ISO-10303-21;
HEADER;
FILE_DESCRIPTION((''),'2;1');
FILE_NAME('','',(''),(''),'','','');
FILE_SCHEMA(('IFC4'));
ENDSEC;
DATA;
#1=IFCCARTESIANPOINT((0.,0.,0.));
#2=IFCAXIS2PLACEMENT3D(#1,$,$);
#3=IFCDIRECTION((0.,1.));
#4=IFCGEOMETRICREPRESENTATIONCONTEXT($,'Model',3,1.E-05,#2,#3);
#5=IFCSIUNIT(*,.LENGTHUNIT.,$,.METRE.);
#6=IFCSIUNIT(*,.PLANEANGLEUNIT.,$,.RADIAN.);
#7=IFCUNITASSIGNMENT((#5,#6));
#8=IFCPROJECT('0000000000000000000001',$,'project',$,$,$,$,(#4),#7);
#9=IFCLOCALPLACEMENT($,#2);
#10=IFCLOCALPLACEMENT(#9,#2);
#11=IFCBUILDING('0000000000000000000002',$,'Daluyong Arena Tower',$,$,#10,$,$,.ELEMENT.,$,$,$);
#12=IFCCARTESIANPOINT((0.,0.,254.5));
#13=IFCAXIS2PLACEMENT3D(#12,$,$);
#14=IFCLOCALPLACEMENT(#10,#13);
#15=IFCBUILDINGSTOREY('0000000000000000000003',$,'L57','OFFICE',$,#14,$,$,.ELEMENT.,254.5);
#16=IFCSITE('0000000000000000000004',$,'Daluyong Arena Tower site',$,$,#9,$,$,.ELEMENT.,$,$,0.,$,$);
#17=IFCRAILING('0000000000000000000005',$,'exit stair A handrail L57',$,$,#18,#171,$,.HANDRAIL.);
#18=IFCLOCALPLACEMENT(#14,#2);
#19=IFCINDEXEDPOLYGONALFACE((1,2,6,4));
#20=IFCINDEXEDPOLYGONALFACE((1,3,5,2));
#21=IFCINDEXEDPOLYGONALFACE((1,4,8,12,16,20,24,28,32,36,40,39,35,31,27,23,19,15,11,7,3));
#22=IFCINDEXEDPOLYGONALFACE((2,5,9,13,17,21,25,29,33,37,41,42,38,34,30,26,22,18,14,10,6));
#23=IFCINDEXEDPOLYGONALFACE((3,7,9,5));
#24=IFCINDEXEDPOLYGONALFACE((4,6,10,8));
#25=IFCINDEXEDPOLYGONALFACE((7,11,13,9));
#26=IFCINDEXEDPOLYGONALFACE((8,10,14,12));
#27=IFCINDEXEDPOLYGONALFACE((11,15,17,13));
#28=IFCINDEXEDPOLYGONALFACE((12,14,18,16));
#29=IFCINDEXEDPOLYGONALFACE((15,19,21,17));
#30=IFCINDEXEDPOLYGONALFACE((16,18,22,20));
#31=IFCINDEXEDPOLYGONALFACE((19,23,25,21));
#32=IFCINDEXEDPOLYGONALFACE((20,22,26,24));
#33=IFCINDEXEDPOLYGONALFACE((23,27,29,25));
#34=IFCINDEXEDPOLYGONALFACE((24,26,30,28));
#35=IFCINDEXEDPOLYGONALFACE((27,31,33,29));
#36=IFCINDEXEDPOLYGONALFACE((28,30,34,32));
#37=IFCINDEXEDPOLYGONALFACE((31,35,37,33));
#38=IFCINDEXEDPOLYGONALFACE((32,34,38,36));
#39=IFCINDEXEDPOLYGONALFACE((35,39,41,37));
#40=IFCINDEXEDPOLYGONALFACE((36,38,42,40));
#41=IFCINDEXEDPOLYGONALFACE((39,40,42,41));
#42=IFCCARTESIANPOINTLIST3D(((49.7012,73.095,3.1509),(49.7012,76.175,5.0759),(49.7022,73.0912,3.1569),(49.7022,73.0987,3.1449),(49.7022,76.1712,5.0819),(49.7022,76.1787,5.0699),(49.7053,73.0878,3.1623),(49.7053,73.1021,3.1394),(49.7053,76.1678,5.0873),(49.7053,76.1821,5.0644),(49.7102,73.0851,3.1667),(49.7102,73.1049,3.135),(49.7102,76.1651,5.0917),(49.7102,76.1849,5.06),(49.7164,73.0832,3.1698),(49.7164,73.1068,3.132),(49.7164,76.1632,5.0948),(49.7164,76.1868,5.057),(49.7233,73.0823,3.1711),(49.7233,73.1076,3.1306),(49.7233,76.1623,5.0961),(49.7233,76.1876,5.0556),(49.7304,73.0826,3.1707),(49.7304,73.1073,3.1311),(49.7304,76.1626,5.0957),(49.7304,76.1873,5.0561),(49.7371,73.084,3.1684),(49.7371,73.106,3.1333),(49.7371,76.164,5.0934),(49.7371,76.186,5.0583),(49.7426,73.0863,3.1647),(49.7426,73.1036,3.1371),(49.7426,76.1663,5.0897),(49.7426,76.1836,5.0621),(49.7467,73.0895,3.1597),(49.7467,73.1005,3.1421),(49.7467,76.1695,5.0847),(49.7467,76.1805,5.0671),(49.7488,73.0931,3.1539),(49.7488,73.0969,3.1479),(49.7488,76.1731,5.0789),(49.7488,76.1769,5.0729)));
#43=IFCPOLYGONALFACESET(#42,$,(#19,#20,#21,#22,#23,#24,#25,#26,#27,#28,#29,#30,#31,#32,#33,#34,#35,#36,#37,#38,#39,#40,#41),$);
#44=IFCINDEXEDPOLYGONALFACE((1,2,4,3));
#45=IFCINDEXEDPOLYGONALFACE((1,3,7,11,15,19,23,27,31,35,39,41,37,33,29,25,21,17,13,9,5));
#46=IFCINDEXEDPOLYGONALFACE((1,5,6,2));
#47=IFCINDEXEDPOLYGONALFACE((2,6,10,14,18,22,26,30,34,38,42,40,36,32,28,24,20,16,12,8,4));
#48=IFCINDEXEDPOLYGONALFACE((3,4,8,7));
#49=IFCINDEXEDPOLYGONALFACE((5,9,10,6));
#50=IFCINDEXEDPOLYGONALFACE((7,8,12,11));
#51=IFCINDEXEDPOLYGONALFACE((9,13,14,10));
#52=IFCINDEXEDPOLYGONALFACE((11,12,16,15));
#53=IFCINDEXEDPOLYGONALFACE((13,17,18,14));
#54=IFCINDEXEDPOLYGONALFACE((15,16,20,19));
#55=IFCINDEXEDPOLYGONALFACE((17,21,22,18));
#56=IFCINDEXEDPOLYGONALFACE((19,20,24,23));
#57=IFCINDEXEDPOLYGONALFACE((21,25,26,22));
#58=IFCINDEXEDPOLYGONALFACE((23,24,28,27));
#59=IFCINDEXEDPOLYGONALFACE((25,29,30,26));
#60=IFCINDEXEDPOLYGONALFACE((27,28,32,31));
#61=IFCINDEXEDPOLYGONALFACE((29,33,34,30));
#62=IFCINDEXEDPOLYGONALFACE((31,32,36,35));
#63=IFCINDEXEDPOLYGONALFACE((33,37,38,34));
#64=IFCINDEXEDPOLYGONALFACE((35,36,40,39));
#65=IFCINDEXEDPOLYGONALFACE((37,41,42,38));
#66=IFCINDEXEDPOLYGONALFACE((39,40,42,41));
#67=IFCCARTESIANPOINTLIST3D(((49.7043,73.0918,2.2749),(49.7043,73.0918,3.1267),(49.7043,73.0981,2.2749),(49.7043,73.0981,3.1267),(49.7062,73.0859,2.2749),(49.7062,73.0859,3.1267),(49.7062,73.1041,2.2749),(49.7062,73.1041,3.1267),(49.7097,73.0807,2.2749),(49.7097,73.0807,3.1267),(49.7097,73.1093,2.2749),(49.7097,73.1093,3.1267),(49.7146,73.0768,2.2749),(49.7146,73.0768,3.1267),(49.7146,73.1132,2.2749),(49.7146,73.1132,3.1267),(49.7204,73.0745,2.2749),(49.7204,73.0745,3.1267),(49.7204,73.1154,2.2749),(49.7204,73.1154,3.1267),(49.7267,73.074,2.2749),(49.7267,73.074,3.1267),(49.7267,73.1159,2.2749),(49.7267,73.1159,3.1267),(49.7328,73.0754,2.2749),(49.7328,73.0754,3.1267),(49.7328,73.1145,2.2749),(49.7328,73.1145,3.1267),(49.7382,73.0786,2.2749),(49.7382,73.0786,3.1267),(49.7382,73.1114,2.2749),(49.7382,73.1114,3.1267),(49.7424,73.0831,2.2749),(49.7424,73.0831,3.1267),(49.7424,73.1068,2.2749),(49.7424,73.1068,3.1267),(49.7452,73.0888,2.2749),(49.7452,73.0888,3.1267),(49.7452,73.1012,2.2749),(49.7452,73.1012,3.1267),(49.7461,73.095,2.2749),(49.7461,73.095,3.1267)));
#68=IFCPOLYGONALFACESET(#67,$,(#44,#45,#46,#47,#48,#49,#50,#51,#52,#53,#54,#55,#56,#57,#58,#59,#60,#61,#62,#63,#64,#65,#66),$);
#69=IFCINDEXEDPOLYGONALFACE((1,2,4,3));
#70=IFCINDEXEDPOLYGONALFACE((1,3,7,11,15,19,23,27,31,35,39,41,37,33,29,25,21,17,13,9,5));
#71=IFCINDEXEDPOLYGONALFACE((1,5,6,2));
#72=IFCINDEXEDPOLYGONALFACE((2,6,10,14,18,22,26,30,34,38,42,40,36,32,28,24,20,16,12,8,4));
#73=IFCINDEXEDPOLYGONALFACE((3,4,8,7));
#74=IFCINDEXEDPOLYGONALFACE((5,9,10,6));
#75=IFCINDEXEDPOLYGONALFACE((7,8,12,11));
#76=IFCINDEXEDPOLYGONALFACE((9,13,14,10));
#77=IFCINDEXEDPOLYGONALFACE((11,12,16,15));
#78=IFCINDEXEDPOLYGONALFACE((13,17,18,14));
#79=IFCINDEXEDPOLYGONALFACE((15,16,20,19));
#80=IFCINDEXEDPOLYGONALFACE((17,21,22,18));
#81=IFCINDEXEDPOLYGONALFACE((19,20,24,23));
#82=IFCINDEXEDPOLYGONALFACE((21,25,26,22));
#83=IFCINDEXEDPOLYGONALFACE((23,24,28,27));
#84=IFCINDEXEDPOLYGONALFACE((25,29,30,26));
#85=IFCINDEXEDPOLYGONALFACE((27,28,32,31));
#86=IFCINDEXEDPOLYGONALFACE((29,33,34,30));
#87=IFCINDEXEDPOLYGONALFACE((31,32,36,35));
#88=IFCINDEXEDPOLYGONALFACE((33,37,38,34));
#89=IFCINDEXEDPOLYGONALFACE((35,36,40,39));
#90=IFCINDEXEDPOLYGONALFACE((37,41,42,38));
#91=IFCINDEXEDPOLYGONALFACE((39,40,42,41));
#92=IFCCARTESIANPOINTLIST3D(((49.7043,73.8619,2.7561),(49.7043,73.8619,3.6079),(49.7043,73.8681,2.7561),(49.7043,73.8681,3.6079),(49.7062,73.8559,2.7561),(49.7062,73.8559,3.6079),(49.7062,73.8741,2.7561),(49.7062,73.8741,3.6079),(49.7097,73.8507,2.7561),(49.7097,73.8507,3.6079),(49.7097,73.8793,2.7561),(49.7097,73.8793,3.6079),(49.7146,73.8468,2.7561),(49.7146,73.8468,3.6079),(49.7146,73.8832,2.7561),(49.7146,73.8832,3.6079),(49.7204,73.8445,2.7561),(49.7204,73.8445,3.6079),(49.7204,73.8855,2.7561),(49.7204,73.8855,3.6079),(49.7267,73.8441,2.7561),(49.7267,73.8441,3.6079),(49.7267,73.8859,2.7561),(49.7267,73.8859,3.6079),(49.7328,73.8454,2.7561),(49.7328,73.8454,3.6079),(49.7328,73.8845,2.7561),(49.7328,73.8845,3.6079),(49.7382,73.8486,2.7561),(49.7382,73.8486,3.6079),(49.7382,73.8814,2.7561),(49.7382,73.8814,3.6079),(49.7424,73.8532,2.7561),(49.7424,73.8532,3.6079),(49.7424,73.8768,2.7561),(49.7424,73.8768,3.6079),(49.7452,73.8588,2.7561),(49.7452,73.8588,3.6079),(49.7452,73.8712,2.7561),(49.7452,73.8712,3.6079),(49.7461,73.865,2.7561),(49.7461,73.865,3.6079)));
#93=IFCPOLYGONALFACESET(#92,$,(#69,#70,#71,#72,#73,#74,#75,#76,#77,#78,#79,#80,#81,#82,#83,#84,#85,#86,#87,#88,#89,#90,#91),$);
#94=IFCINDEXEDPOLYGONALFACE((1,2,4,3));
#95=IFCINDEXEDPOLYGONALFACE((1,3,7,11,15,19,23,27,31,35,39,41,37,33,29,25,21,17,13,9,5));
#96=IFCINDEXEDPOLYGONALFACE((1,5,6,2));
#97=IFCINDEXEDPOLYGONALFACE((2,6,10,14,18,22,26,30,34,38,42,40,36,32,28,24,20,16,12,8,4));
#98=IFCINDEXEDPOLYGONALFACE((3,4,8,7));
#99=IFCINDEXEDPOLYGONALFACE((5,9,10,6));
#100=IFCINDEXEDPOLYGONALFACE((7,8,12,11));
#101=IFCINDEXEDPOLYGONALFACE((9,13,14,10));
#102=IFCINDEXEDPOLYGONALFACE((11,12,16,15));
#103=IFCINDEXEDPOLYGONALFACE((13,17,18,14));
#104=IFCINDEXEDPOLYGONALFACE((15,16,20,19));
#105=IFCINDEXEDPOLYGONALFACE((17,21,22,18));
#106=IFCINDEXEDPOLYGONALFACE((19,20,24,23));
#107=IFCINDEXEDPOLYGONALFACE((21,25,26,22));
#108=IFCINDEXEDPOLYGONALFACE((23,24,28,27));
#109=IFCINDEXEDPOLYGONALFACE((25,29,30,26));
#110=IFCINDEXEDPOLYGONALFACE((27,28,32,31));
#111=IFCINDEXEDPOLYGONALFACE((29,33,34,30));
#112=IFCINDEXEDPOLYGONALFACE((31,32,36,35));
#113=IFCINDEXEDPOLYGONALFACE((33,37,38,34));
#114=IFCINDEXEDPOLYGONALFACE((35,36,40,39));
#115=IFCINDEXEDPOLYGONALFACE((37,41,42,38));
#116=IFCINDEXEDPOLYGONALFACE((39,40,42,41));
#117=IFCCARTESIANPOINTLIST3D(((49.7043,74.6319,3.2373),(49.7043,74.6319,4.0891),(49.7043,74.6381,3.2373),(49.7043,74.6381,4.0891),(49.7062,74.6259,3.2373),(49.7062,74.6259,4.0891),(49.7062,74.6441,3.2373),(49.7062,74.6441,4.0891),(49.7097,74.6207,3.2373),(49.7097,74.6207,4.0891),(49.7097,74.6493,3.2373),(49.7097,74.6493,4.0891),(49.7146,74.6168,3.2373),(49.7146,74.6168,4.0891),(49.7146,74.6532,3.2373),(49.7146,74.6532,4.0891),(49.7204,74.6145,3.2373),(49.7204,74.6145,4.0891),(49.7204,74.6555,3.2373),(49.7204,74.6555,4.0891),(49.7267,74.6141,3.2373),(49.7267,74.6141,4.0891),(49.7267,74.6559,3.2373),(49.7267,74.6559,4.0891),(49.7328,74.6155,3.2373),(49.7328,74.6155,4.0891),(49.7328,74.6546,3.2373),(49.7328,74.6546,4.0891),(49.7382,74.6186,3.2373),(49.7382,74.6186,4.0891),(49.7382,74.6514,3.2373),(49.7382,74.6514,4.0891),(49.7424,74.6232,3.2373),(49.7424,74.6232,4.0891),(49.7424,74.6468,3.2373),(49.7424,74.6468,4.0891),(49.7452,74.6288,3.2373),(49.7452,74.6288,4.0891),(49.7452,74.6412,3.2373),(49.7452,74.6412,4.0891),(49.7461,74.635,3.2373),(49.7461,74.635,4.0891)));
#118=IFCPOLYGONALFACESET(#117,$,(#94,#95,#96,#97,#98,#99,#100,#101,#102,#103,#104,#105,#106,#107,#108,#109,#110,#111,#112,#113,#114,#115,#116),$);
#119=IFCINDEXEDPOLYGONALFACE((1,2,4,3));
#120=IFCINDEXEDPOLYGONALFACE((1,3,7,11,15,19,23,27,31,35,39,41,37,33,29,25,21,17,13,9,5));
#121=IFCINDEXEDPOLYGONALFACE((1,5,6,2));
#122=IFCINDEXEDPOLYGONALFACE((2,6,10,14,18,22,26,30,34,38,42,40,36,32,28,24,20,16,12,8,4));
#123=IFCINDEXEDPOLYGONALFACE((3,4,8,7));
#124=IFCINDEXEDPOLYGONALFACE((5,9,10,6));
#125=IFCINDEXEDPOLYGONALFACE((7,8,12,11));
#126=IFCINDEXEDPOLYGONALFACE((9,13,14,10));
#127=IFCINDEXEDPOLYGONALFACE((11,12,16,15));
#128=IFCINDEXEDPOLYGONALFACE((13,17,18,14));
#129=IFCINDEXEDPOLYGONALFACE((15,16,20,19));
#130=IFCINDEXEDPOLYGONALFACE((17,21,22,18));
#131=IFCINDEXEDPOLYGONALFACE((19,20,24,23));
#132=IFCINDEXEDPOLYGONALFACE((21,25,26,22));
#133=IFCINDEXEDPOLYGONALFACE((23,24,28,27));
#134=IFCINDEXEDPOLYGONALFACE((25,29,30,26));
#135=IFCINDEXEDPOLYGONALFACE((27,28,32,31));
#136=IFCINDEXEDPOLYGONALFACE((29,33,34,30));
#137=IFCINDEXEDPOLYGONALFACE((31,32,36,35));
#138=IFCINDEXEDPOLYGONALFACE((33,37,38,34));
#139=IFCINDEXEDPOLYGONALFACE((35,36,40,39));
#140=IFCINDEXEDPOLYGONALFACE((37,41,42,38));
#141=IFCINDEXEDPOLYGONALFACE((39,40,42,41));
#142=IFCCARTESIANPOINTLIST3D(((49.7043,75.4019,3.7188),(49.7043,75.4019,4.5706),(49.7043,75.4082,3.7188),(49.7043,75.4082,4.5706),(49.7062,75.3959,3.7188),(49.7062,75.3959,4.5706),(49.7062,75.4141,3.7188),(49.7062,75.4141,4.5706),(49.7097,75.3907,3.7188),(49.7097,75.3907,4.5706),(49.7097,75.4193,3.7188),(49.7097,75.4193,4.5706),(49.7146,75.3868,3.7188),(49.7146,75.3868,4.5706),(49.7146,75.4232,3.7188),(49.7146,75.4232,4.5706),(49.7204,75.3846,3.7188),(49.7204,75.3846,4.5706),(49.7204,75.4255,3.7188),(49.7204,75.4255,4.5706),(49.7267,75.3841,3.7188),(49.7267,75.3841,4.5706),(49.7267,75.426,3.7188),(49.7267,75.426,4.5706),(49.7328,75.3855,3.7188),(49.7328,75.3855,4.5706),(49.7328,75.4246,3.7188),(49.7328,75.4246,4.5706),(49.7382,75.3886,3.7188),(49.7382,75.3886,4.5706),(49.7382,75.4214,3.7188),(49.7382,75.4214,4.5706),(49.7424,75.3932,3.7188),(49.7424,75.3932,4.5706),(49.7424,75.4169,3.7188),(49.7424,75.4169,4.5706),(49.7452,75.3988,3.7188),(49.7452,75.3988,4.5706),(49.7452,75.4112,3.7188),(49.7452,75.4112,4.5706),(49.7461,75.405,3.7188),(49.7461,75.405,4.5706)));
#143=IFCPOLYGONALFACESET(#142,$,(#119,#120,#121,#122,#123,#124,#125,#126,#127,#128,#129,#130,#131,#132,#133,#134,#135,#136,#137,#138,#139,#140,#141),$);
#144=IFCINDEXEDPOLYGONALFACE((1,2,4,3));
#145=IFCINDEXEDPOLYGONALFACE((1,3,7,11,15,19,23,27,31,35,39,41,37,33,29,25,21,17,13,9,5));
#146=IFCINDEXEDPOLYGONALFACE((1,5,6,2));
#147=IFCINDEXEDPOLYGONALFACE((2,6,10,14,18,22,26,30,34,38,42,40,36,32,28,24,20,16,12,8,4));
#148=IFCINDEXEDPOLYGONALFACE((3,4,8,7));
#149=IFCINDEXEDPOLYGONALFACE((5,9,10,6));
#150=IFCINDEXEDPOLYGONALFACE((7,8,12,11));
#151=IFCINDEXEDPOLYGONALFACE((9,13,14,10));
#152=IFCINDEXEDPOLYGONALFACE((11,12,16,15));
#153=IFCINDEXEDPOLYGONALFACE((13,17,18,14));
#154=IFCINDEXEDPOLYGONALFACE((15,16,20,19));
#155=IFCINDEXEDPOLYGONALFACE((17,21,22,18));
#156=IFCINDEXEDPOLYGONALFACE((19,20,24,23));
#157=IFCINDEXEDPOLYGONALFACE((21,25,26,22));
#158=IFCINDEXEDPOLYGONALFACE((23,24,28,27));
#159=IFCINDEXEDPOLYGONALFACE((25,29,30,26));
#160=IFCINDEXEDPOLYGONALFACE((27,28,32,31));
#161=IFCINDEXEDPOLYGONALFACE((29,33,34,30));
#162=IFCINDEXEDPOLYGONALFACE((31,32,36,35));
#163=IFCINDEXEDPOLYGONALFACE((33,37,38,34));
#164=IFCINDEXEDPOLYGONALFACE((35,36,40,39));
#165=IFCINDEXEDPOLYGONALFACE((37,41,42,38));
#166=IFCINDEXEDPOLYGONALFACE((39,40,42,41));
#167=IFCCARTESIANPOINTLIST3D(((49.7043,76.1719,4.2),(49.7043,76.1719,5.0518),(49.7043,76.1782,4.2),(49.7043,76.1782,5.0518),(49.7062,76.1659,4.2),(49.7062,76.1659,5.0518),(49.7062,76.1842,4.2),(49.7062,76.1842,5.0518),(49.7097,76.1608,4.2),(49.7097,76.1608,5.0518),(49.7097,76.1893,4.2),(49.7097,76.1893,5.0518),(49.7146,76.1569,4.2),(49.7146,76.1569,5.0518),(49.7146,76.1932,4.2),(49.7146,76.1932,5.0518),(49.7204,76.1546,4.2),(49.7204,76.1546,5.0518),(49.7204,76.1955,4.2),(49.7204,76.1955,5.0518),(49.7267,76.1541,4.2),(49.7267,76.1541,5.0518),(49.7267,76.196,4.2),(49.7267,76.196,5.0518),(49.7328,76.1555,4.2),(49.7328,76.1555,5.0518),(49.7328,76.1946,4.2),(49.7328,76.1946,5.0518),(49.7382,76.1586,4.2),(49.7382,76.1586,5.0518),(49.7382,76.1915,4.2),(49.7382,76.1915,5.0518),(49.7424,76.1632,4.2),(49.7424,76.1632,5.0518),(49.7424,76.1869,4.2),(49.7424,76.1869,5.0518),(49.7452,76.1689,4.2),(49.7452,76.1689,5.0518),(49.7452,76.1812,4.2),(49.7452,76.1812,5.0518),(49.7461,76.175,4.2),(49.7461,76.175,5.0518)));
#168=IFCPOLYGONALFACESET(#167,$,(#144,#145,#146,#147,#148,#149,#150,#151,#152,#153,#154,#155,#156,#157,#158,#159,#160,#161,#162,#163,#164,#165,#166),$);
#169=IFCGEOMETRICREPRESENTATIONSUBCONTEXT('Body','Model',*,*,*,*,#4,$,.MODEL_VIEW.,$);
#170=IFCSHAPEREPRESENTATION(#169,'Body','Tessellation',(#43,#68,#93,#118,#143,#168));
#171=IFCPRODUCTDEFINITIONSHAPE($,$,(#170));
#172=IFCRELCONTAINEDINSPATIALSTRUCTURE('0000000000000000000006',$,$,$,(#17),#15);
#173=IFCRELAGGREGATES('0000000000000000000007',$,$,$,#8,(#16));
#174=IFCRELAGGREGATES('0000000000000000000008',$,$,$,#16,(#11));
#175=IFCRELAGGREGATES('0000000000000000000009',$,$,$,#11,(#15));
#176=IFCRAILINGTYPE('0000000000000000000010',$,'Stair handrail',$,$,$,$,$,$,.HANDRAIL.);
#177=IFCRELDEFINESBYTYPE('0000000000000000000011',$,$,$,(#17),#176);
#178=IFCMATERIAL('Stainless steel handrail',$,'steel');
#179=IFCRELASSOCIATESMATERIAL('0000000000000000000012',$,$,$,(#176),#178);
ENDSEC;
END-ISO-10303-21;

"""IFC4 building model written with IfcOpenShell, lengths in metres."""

from ifc_helpers import new_model, si_unit, direction, frame, origin, origin_2d, place, context, subcontext, project, spatial, circle, extrude, material, type_object, element, save


model = new_model("IFC4")

# Units and contexts
model_context = context("Model", 3, precision=1e-05, world=origin(), true_north=direction((0.0, 1.0)))
body_context = subcontext(model_context, "Body", "Model", "MODEL_VIEW")
ifc_project = project(units=[si_unit("LENGTHUNIT", "METRE"), si_unit("PLANEANGLEUNIT", "RADIAN")], contexts=[model_context])

# Site, building, storey
site_placement = place(None, origin())
site = spatial("IfcSite", under=ifc_project, at=site_placement, Name="Daluyong Arena Tower site", CompositionType="ELEMENT", RefElevation=0.0)
building_placement = place(site_placement, origin())
building = spatial("IfcBuilding", under=site, at=building_placement, Name="Daluyong Arena Tower", CompositionType="ELEMENT")
storey_placement = place(building_placement, frame((0.0, 0.0, 254.5)))
storey = spatial("IfcBuildingStorey", under=building, at=storey_placement, Name="L57", Description="OFFICE", CompositionType="ELEMENT", Elevation=254.5)

# Railing
ifc_material_1 = material(Name="Stainless steel handrail", Category="steel")
railing_type = type_object("IfcRailingType", Name="Stair handrail", PredefinedType="HANDRAIL", material=ifc_material_1)
railing_placement = place(storey_placement, frame((49.7251, 73.095, 2.2749)))
element("IfcRailing", 1, at=railing_placement, inside=storey, type_object=railing_type, Name="exit stair A handrail L57", PredefinedType="HANDRAIL", context=body_context, shape_type="SweptSolid", body=[
    extrude(circle(Radius=0.0239, at=origin_2d()), frame((0.0, 0.0, 0.876), z_axis=(0.0, 0.847998, 0.529999), x_axis=(-1.0, 0.0, 0.0)), (0.0, 0.0, 1.0), 3.6321),
    extrude(circle(Radius=0.021, at=origin_2d()), origin(), (0.0, 0.0, 1.0), 0.8518),
    extrude(circle(Radius=0.021, at=origin_2d()), frame((0.0, 0.77, 0.4812)), (0.0, 0.0, 1.0), 0.8518),
    extrude(circle(Radius=0.021, at=origin_2d()), frame((0.0, 1.54, 0.9624)), (0.0, 0.0, 1.0), 0.8518),
    extrude(circle(Radius=0.021, at=origin_2d()), frame((0.0, 2.3101, 1.4438)), (0.0, 0.0, 1.0), 0.8518),
    extrude(circle(Radius=0.021, at=origin_2d()), frame((0.0, 3.0801, 1.925)), (0.0, 0.0, 1.0), 0.8518),
])

save(model, "model.ifc")
